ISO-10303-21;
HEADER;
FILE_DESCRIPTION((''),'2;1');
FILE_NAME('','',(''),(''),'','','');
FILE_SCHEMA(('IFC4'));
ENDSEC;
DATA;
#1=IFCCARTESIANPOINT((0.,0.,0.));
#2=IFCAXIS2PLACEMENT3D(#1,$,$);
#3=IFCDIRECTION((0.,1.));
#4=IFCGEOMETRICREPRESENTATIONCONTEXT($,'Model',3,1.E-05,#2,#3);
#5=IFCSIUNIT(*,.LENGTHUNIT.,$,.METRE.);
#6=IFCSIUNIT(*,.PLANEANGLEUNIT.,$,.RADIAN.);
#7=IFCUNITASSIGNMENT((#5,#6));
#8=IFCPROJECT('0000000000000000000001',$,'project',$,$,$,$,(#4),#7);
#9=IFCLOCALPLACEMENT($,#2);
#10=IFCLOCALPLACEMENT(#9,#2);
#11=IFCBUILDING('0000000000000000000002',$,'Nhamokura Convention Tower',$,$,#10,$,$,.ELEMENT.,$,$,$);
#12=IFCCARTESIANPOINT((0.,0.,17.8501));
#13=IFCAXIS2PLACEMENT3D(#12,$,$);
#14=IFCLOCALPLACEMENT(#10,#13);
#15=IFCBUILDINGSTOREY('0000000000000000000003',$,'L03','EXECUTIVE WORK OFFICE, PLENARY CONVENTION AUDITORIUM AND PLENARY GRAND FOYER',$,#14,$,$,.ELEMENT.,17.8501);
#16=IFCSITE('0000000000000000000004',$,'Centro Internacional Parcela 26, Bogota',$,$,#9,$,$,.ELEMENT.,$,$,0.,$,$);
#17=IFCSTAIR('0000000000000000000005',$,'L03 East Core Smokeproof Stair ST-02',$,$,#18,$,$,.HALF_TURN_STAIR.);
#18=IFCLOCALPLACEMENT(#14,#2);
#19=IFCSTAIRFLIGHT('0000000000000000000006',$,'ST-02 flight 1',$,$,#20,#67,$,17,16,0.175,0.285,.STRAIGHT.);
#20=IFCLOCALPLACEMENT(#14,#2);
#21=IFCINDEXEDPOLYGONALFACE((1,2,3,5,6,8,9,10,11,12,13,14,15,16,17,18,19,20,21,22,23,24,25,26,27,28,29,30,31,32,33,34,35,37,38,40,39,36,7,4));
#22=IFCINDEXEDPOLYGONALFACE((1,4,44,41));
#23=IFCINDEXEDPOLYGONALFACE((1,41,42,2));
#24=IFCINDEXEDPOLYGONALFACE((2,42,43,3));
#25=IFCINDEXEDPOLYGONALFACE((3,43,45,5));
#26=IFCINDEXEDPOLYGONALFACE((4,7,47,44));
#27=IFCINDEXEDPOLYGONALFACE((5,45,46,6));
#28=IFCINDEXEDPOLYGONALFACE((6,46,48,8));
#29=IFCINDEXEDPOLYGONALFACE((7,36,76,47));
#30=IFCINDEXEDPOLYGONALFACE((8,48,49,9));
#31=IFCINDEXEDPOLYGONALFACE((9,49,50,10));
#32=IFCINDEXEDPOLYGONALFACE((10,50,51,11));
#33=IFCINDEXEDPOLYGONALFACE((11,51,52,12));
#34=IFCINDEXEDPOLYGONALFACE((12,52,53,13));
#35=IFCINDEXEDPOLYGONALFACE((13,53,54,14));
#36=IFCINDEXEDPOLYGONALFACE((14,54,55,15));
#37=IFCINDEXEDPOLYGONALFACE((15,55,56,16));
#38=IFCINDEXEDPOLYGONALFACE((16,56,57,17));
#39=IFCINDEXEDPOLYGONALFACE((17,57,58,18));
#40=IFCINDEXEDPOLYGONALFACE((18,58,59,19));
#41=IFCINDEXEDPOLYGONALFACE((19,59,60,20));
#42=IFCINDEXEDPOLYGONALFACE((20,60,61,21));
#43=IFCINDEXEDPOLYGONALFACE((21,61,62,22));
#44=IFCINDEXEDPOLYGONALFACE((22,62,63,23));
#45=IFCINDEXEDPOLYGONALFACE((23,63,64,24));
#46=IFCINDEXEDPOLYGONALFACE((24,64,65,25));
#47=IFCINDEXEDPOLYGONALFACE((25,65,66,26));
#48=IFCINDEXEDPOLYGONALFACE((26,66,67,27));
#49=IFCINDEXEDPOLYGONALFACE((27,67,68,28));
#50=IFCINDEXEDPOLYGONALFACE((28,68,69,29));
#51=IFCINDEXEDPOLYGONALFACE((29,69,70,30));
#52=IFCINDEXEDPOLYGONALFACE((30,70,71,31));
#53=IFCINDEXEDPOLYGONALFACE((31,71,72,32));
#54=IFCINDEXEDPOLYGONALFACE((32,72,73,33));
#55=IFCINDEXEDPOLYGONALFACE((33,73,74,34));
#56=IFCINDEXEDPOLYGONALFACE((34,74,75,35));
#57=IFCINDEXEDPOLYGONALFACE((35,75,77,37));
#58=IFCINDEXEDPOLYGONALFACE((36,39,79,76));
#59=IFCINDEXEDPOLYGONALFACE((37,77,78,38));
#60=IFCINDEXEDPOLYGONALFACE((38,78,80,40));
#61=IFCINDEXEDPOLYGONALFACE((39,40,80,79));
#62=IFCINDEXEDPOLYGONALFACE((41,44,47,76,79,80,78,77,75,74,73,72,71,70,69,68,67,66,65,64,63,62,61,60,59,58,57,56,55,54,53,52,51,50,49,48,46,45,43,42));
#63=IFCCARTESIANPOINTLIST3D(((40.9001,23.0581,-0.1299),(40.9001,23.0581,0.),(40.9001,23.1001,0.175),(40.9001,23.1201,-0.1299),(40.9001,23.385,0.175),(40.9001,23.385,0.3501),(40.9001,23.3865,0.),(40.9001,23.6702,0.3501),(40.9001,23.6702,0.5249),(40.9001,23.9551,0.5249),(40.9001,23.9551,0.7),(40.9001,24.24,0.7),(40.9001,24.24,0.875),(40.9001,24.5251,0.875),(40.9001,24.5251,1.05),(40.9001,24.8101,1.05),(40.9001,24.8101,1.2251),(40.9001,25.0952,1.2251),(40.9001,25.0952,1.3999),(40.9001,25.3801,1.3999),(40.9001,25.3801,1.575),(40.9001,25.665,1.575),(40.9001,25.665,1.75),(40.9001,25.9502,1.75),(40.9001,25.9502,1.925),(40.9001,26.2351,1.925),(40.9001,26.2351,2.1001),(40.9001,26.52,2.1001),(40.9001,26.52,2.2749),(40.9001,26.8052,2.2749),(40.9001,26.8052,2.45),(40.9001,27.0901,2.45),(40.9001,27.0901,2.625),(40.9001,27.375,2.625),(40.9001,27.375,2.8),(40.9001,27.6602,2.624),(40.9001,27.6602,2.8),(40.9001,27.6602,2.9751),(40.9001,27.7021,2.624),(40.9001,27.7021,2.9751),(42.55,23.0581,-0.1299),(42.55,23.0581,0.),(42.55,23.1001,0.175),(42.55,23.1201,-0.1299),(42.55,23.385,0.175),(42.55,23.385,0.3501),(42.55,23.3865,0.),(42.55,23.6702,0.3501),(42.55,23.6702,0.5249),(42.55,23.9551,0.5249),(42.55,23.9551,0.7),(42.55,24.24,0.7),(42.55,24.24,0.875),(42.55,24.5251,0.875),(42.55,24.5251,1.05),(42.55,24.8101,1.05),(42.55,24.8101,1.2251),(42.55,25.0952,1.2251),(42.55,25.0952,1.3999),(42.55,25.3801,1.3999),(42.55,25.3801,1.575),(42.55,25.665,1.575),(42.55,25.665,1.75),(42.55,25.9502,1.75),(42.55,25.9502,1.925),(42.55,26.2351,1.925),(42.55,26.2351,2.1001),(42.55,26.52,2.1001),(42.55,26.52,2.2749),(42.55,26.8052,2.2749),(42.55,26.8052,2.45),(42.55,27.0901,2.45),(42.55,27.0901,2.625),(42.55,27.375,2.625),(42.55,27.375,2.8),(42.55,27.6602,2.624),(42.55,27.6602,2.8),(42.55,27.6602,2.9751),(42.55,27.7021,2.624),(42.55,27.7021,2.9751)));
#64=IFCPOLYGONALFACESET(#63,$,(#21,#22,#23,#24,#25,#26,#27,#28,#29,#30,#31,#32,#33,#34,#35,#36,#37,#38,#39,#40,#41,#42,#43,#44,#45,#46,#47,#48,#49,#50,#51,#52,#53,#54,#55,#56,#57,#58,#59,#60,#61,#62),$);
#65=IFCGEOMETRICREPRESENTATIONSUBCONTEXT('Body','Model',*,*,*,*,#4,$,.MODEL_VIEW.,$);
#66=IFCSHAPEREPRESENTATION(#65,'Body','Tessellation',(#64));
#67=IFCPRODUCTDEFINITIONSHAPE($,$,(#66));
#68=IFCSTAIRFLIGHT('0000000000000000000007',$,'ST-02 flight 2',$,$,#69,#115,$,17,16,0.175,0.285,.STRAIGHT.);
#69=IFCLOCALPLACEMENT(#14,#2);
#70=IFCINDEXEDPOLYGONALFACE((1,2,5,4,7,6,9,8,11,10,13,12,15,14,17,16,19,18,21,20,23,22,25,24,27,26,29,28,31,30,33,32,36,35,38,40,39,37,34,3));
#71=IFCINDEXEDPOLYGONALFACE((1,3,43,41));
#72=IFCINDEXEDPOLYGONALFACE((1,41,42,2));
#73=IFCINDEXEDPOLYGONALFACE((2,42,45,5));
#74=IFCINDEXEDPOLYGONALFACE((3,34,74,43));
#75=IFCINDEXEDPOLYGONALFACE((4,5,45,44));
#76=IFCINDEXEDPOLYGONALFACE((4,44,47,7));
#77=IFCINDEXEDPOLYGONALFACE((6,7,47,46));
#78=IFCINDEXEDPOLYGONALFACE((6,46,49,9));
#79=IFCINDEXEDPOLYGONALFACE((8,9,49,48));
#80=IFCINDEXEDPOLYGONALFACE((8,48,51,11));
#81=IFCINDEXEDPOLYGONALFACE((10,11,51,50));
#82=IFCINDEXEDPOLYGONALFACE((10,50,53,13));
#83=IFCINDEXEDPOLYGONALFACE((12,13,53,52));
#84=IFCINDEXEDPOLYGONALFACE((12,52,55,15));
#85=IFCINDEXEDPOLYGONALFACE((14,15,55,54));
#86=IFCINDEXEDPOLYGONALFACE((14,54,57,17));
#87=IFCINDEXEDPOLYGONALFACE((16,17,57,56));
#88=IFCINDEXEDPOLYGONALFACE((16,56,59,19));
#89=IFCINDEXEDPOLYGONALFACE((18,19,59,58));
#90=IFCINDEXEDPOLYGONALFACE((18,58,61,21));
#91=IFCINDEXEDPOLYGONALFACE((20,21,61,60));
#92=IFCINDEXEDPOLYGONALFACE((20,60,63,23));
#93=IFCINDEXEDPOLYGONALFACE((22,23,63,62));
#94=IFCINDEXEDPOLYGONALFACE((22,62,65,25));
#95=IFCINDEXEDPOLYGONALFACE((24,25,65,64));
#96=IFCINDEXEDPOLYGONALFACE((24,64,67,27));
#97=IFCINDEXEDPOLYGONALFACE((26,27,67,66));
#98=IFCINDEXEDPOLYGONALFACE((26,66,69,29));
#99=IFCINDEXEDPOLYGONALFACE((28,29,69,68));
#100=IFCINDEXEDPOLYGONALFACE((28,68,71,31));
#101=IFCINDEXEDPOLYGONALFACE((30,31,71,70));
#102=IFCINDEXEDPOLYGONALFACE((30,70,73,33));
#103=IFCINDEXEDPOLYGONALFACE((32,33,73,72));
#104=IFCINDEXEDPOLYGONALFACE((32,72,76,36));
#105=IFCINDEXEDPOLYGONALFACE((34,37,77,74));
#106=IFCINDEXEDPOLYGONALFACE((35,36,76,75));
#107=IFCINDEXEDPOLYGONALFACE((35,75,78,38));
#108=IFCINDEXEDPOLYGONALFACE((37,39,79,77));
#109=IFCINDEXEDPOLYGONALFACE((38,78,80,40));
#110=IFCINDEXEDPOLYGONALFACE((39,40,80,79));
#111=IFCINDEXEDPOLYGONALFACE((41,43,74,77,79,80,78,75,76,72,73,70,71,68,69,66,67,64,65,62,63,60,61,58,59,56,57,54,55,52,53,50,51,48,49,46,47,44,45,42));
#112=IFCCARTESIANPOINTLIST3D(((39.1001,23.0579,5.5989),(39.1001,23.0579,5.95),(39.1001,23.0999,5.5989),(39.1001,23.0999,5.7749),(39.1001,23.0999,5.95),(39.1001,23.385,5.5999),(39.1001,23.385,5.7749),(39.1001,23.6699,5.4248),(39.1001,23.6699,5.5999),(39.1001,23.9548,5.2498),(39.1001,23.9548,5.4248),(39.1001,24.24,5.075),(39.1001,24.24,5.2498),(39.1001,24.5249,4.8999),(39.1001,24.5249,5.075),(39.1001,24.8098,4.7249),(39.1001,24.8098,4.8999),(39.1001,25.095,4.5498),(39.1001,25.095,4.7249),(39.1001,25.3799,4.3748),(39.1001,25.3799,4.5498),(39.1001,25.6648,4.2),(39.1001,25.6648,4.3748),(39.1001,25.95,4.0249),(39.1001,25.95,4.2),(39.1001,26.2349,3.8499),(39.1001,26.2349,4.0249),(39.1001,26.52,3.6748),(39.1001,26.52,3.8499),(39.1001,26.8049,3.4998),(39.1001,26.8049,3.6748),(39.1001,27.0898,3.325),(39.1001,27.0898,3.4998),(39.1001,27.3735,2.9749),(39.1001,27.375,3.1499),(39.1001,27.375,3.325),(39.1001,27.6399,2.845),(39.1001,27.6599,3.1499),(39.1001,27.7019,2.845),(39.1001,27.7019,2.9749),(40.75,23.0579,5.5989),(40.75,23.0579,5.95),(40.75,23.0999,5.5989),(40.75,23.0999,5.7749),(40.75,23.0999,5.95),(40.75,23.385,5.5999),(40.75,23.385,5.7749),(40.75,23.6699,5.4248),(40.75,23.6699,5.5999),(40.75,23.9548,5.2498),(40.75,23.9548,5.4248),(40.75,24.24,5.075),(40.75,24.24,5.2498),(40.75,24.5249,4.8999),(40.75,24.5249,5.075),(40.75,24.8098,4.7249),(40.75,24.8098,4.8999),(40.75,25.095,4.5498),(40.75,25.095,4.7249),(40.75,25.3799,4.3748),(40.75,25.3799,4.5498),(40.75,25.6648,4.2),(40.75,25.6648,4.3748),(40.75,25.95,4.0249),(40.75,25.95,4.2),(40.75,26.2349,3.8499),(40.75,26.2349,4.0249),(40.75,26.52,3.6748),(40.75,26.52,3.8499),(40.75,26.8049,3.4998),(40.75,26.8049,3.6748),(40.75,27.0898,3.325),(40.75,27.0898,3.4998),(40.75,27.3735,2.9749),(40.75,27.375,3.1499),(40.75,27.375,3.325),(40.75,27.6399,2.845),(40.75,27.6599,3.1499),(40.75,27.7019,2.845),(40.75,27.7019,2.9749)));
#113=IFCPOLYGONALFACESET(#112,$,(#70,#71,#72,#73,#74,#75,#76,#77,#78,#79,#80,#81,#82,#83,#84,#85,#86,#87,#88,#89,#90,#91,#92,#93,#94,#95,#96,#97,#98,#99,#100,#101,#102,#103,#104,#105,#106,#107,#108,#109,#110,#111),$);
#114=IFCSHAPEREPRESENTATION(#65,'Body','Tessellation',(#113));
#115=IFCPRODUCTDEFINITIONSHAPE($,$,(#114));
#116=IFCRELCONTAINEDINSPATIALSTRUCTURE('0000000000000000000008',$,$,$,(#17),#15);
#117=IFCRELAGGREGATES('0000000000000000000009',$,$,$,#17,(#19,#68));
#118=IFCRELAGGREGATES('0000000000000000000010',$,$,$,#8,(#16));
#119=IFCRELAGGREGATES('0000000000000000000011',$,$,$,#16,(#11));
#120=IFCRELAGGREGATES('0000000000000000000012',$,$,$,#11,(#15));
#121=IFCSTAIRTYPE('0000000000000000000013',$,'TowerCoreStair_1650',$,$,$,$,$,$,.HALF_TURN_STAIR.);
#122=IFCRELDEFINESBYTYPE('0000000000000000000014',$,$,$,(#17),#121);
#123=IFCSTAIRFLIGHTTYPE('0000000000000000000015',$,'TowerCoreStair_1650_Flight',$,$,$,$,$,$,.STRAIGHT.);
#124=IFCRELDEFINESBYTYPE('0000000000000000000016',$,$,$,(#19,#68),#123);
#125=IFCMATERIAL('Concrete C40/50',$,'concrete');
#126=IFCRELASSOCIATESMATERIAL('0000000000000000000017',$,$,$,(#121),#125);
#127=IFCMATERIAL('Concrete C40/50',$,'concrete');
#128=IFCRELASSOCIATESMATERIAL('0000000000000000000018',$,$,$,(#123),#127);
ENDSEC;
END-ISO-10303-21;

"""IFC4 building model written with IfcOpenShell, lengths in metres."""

from ifc_helpers import new_model, si_unit, direction, frame, origin, place, context, subcontext, project, spatial, polyline, outline, extrude, material, type_object, element, aggregate, save


model = new_model("IFC4")

# Units and contexts
model_context = context("Model", 3, precision=1e-05, world=origin(), true_north=direction((0.0, 1.0)))
body_context = subcontext(model_context, "Body", "Model", "MODEL_VIEW")
ifc_project = project(units=[si_unit("LENGTHUNIT", "METRE"), si_unit("PLANEANGLEUNIT", "RADIAN")], contexts=[model_context])

# Site, building, storey
site_placement = place(None, origin())
site = spatial("IfcSite", under=ifc_project, at=site_placement, Name="Centro Internacional Parcela 26, Bogota", CompositionType="ELEMENT", RefElevation=0.0)
building_placement = place(site_placement, origin())
building = spatial("IfcBuilding", under=site, at=building_placement, Name="Nhamokura Convention Tower", CompositionType="ELEMENT")
storey_placement = place(building_placement, frame((0.0, 0.0, 17.8501)))
storey = spatial("IfcBuildingStorey", under=building, at=storey_placement, Name="L03", Description="EXECUTIVE WORK OFFICE, PLENARY CONVENTION AUDITORIUM AND PLENARY GRAND FOYER", CompositionType="ELEMENT", Elevation=17.8501)

# Stair, stair flights
ifc_material_1 = material(Name="Concrete C40/50", Category="concrete")
stair_type = type_object("IfcStairType", Name="TowerCoreStair_1650", PredefinedType="HALF_TURN_STAIR", material=ifc_material_1)
stair_placement = place(storey_placement, origin())
stair = element("IfcStair", 1, at=stair_placement, inside=storey, type_object=stair_type, Name="L03 East Core Smokeproof Stair ST-02", PredefinedType="HALF_TURN_STAIR")
ifc_material_2 = material(Name="Concrete C40/50", Category="concrete")
stair_flight_type = type_object("IfcStairFlightType", Name="TowerCoreStair_1650_Flight", PredefinedType="STRAIGHT", material=ifc_material_2)
stair_flight_1_placement = place(storey_placement, frame((41.7251, 23.1001, 0.0), z_axis=(0.0, 0.0, 1.0), x_axis=(0.0, 1.0, 0.0)))
stair_flight_1 = element("IfcStairFlight", 2, at=stair_flight_1_placement, type_object=stair_flight_type, Name="ST-02 flight 1", NumberOfRisers=17, NumberOfTreads=16, PredefinedType="STRAIGHT", RiserHeight=0.175, TreadLength=0.285, context=body_context, shape_type="SweptSolid", body=[
    extrude(outline(polyline([(-0.042, 0.0), (0.0, 0.175), (0.2849, 0.175), (0.2849, 0.3501), (0.5701, 0.3501), (0.5701, 0.5249), (0.855, 0.5249), (0.855, 0.7), (1.1399, 0.7), (1.1399, 0.875), (1.425, 0.875), (1.425, 1.05), (1.71, 1.05), (1.71, 1.2251), (1.9951, 1.2251), (1.9951, 1.3999), (2.28, 1.3999), (2.28, 1.575), (2.5649, 1.575), (2.5649, 1.75), (2.8501, 1.75), (2.8501, 1.925), (3.135, 1.925), (3.135, 2.1001), (3.4199, 2.1001), (3.4199, 2.2749), (3.7051, 2.2749), (3.7051, 2.45), (3.99, 2.45), (3.99, 2.625), (4.2749, 2.625), (4.2749, 2.8), (4.5601, 2.8), (4.5601, 2.9751), (4.6021, 2.9751), (4.6021, 2.624), (4.5601, 2.624), (0.2864, 0.0), (0.02, -0.1299), (-0.042, -0.1299), (-0.042, 0.0)])), frame((0.0, 0.825, 0.0), z_axis=(0.0, -1.0, 0.0), x_axis=(1.0, 0.0, 0.0)), (0.0, 0.0, 1.0), 1.6499),
])
stair_flight_2_placement = place(storey_placement, frame((39.925, 27.6599, 2.9749), z_axis=(0.0, 0.0, 1.0), x_axis=(0.0, -1.0, 0.0)))
stair_flight_2 = element("IfcStairFlight", 3, at=stair_flight_2_placement, type_object=stair_flight_type, Name="ST-02 flight 2", NumberOfRisers=17, NumberOfTreads=16, PredefinedType="STRAIGHT", RiserHeight=0.175, TreadLength=0.285, context=body_context, shape_type="SweptSolid", body=[
    extrude(outline(polyline([(-0.042, 0.0), (0.0, 0.175), (0.2849, 0.175), (0.2849, 0.3501), (0.5701, 0.3501), (0.5701, 0.5249), (0.855, 0.5249), (0.855, 0.7), (1.1399, 0.7), (1.1399, 0.875), (1.425, 0.875), (1.425, 1.05), (1.71, 1.05), (1.71, 1.2251), (1.9951, 1.2251), (1.9951, 1.3999), (2.28, 1.3999), (2.28, 1.575), (2.5649, 1.575), (2.5649, 1.75), (2.8501, 1.75), (2.8501, 1.925), (3.135, 1.925), (3.135, 2.1001), (3.4199, 2.1001), (3.4199, 2.2749), (3.7051, 2.2749), (3.7051, 2.45), (3.99, 2.45), (3.99, 2.625), (4.2749, 2.625), (4.2749, 2.8), (4.5601, 2.8), (4.5601, 2.9751), (4.6021, 2.9751), (4.6021, 2.624), (4.5601, 2.624), (0.2864, 0.0), (0.02, -0.1299), (-0.042, -0.1299), (-0.042, 0.0)])), frame((0.0, 0.825, 0.0), z_axis=(0.0, -1.0, 0.0), x_axis=(1.0, 0.0, 0.0)), (0.0, 0.0, 1.0), 1.6499),
])
aggregate(stair, [stair_flight_1, stair_flight_2])

save(model, "model.ifc")
